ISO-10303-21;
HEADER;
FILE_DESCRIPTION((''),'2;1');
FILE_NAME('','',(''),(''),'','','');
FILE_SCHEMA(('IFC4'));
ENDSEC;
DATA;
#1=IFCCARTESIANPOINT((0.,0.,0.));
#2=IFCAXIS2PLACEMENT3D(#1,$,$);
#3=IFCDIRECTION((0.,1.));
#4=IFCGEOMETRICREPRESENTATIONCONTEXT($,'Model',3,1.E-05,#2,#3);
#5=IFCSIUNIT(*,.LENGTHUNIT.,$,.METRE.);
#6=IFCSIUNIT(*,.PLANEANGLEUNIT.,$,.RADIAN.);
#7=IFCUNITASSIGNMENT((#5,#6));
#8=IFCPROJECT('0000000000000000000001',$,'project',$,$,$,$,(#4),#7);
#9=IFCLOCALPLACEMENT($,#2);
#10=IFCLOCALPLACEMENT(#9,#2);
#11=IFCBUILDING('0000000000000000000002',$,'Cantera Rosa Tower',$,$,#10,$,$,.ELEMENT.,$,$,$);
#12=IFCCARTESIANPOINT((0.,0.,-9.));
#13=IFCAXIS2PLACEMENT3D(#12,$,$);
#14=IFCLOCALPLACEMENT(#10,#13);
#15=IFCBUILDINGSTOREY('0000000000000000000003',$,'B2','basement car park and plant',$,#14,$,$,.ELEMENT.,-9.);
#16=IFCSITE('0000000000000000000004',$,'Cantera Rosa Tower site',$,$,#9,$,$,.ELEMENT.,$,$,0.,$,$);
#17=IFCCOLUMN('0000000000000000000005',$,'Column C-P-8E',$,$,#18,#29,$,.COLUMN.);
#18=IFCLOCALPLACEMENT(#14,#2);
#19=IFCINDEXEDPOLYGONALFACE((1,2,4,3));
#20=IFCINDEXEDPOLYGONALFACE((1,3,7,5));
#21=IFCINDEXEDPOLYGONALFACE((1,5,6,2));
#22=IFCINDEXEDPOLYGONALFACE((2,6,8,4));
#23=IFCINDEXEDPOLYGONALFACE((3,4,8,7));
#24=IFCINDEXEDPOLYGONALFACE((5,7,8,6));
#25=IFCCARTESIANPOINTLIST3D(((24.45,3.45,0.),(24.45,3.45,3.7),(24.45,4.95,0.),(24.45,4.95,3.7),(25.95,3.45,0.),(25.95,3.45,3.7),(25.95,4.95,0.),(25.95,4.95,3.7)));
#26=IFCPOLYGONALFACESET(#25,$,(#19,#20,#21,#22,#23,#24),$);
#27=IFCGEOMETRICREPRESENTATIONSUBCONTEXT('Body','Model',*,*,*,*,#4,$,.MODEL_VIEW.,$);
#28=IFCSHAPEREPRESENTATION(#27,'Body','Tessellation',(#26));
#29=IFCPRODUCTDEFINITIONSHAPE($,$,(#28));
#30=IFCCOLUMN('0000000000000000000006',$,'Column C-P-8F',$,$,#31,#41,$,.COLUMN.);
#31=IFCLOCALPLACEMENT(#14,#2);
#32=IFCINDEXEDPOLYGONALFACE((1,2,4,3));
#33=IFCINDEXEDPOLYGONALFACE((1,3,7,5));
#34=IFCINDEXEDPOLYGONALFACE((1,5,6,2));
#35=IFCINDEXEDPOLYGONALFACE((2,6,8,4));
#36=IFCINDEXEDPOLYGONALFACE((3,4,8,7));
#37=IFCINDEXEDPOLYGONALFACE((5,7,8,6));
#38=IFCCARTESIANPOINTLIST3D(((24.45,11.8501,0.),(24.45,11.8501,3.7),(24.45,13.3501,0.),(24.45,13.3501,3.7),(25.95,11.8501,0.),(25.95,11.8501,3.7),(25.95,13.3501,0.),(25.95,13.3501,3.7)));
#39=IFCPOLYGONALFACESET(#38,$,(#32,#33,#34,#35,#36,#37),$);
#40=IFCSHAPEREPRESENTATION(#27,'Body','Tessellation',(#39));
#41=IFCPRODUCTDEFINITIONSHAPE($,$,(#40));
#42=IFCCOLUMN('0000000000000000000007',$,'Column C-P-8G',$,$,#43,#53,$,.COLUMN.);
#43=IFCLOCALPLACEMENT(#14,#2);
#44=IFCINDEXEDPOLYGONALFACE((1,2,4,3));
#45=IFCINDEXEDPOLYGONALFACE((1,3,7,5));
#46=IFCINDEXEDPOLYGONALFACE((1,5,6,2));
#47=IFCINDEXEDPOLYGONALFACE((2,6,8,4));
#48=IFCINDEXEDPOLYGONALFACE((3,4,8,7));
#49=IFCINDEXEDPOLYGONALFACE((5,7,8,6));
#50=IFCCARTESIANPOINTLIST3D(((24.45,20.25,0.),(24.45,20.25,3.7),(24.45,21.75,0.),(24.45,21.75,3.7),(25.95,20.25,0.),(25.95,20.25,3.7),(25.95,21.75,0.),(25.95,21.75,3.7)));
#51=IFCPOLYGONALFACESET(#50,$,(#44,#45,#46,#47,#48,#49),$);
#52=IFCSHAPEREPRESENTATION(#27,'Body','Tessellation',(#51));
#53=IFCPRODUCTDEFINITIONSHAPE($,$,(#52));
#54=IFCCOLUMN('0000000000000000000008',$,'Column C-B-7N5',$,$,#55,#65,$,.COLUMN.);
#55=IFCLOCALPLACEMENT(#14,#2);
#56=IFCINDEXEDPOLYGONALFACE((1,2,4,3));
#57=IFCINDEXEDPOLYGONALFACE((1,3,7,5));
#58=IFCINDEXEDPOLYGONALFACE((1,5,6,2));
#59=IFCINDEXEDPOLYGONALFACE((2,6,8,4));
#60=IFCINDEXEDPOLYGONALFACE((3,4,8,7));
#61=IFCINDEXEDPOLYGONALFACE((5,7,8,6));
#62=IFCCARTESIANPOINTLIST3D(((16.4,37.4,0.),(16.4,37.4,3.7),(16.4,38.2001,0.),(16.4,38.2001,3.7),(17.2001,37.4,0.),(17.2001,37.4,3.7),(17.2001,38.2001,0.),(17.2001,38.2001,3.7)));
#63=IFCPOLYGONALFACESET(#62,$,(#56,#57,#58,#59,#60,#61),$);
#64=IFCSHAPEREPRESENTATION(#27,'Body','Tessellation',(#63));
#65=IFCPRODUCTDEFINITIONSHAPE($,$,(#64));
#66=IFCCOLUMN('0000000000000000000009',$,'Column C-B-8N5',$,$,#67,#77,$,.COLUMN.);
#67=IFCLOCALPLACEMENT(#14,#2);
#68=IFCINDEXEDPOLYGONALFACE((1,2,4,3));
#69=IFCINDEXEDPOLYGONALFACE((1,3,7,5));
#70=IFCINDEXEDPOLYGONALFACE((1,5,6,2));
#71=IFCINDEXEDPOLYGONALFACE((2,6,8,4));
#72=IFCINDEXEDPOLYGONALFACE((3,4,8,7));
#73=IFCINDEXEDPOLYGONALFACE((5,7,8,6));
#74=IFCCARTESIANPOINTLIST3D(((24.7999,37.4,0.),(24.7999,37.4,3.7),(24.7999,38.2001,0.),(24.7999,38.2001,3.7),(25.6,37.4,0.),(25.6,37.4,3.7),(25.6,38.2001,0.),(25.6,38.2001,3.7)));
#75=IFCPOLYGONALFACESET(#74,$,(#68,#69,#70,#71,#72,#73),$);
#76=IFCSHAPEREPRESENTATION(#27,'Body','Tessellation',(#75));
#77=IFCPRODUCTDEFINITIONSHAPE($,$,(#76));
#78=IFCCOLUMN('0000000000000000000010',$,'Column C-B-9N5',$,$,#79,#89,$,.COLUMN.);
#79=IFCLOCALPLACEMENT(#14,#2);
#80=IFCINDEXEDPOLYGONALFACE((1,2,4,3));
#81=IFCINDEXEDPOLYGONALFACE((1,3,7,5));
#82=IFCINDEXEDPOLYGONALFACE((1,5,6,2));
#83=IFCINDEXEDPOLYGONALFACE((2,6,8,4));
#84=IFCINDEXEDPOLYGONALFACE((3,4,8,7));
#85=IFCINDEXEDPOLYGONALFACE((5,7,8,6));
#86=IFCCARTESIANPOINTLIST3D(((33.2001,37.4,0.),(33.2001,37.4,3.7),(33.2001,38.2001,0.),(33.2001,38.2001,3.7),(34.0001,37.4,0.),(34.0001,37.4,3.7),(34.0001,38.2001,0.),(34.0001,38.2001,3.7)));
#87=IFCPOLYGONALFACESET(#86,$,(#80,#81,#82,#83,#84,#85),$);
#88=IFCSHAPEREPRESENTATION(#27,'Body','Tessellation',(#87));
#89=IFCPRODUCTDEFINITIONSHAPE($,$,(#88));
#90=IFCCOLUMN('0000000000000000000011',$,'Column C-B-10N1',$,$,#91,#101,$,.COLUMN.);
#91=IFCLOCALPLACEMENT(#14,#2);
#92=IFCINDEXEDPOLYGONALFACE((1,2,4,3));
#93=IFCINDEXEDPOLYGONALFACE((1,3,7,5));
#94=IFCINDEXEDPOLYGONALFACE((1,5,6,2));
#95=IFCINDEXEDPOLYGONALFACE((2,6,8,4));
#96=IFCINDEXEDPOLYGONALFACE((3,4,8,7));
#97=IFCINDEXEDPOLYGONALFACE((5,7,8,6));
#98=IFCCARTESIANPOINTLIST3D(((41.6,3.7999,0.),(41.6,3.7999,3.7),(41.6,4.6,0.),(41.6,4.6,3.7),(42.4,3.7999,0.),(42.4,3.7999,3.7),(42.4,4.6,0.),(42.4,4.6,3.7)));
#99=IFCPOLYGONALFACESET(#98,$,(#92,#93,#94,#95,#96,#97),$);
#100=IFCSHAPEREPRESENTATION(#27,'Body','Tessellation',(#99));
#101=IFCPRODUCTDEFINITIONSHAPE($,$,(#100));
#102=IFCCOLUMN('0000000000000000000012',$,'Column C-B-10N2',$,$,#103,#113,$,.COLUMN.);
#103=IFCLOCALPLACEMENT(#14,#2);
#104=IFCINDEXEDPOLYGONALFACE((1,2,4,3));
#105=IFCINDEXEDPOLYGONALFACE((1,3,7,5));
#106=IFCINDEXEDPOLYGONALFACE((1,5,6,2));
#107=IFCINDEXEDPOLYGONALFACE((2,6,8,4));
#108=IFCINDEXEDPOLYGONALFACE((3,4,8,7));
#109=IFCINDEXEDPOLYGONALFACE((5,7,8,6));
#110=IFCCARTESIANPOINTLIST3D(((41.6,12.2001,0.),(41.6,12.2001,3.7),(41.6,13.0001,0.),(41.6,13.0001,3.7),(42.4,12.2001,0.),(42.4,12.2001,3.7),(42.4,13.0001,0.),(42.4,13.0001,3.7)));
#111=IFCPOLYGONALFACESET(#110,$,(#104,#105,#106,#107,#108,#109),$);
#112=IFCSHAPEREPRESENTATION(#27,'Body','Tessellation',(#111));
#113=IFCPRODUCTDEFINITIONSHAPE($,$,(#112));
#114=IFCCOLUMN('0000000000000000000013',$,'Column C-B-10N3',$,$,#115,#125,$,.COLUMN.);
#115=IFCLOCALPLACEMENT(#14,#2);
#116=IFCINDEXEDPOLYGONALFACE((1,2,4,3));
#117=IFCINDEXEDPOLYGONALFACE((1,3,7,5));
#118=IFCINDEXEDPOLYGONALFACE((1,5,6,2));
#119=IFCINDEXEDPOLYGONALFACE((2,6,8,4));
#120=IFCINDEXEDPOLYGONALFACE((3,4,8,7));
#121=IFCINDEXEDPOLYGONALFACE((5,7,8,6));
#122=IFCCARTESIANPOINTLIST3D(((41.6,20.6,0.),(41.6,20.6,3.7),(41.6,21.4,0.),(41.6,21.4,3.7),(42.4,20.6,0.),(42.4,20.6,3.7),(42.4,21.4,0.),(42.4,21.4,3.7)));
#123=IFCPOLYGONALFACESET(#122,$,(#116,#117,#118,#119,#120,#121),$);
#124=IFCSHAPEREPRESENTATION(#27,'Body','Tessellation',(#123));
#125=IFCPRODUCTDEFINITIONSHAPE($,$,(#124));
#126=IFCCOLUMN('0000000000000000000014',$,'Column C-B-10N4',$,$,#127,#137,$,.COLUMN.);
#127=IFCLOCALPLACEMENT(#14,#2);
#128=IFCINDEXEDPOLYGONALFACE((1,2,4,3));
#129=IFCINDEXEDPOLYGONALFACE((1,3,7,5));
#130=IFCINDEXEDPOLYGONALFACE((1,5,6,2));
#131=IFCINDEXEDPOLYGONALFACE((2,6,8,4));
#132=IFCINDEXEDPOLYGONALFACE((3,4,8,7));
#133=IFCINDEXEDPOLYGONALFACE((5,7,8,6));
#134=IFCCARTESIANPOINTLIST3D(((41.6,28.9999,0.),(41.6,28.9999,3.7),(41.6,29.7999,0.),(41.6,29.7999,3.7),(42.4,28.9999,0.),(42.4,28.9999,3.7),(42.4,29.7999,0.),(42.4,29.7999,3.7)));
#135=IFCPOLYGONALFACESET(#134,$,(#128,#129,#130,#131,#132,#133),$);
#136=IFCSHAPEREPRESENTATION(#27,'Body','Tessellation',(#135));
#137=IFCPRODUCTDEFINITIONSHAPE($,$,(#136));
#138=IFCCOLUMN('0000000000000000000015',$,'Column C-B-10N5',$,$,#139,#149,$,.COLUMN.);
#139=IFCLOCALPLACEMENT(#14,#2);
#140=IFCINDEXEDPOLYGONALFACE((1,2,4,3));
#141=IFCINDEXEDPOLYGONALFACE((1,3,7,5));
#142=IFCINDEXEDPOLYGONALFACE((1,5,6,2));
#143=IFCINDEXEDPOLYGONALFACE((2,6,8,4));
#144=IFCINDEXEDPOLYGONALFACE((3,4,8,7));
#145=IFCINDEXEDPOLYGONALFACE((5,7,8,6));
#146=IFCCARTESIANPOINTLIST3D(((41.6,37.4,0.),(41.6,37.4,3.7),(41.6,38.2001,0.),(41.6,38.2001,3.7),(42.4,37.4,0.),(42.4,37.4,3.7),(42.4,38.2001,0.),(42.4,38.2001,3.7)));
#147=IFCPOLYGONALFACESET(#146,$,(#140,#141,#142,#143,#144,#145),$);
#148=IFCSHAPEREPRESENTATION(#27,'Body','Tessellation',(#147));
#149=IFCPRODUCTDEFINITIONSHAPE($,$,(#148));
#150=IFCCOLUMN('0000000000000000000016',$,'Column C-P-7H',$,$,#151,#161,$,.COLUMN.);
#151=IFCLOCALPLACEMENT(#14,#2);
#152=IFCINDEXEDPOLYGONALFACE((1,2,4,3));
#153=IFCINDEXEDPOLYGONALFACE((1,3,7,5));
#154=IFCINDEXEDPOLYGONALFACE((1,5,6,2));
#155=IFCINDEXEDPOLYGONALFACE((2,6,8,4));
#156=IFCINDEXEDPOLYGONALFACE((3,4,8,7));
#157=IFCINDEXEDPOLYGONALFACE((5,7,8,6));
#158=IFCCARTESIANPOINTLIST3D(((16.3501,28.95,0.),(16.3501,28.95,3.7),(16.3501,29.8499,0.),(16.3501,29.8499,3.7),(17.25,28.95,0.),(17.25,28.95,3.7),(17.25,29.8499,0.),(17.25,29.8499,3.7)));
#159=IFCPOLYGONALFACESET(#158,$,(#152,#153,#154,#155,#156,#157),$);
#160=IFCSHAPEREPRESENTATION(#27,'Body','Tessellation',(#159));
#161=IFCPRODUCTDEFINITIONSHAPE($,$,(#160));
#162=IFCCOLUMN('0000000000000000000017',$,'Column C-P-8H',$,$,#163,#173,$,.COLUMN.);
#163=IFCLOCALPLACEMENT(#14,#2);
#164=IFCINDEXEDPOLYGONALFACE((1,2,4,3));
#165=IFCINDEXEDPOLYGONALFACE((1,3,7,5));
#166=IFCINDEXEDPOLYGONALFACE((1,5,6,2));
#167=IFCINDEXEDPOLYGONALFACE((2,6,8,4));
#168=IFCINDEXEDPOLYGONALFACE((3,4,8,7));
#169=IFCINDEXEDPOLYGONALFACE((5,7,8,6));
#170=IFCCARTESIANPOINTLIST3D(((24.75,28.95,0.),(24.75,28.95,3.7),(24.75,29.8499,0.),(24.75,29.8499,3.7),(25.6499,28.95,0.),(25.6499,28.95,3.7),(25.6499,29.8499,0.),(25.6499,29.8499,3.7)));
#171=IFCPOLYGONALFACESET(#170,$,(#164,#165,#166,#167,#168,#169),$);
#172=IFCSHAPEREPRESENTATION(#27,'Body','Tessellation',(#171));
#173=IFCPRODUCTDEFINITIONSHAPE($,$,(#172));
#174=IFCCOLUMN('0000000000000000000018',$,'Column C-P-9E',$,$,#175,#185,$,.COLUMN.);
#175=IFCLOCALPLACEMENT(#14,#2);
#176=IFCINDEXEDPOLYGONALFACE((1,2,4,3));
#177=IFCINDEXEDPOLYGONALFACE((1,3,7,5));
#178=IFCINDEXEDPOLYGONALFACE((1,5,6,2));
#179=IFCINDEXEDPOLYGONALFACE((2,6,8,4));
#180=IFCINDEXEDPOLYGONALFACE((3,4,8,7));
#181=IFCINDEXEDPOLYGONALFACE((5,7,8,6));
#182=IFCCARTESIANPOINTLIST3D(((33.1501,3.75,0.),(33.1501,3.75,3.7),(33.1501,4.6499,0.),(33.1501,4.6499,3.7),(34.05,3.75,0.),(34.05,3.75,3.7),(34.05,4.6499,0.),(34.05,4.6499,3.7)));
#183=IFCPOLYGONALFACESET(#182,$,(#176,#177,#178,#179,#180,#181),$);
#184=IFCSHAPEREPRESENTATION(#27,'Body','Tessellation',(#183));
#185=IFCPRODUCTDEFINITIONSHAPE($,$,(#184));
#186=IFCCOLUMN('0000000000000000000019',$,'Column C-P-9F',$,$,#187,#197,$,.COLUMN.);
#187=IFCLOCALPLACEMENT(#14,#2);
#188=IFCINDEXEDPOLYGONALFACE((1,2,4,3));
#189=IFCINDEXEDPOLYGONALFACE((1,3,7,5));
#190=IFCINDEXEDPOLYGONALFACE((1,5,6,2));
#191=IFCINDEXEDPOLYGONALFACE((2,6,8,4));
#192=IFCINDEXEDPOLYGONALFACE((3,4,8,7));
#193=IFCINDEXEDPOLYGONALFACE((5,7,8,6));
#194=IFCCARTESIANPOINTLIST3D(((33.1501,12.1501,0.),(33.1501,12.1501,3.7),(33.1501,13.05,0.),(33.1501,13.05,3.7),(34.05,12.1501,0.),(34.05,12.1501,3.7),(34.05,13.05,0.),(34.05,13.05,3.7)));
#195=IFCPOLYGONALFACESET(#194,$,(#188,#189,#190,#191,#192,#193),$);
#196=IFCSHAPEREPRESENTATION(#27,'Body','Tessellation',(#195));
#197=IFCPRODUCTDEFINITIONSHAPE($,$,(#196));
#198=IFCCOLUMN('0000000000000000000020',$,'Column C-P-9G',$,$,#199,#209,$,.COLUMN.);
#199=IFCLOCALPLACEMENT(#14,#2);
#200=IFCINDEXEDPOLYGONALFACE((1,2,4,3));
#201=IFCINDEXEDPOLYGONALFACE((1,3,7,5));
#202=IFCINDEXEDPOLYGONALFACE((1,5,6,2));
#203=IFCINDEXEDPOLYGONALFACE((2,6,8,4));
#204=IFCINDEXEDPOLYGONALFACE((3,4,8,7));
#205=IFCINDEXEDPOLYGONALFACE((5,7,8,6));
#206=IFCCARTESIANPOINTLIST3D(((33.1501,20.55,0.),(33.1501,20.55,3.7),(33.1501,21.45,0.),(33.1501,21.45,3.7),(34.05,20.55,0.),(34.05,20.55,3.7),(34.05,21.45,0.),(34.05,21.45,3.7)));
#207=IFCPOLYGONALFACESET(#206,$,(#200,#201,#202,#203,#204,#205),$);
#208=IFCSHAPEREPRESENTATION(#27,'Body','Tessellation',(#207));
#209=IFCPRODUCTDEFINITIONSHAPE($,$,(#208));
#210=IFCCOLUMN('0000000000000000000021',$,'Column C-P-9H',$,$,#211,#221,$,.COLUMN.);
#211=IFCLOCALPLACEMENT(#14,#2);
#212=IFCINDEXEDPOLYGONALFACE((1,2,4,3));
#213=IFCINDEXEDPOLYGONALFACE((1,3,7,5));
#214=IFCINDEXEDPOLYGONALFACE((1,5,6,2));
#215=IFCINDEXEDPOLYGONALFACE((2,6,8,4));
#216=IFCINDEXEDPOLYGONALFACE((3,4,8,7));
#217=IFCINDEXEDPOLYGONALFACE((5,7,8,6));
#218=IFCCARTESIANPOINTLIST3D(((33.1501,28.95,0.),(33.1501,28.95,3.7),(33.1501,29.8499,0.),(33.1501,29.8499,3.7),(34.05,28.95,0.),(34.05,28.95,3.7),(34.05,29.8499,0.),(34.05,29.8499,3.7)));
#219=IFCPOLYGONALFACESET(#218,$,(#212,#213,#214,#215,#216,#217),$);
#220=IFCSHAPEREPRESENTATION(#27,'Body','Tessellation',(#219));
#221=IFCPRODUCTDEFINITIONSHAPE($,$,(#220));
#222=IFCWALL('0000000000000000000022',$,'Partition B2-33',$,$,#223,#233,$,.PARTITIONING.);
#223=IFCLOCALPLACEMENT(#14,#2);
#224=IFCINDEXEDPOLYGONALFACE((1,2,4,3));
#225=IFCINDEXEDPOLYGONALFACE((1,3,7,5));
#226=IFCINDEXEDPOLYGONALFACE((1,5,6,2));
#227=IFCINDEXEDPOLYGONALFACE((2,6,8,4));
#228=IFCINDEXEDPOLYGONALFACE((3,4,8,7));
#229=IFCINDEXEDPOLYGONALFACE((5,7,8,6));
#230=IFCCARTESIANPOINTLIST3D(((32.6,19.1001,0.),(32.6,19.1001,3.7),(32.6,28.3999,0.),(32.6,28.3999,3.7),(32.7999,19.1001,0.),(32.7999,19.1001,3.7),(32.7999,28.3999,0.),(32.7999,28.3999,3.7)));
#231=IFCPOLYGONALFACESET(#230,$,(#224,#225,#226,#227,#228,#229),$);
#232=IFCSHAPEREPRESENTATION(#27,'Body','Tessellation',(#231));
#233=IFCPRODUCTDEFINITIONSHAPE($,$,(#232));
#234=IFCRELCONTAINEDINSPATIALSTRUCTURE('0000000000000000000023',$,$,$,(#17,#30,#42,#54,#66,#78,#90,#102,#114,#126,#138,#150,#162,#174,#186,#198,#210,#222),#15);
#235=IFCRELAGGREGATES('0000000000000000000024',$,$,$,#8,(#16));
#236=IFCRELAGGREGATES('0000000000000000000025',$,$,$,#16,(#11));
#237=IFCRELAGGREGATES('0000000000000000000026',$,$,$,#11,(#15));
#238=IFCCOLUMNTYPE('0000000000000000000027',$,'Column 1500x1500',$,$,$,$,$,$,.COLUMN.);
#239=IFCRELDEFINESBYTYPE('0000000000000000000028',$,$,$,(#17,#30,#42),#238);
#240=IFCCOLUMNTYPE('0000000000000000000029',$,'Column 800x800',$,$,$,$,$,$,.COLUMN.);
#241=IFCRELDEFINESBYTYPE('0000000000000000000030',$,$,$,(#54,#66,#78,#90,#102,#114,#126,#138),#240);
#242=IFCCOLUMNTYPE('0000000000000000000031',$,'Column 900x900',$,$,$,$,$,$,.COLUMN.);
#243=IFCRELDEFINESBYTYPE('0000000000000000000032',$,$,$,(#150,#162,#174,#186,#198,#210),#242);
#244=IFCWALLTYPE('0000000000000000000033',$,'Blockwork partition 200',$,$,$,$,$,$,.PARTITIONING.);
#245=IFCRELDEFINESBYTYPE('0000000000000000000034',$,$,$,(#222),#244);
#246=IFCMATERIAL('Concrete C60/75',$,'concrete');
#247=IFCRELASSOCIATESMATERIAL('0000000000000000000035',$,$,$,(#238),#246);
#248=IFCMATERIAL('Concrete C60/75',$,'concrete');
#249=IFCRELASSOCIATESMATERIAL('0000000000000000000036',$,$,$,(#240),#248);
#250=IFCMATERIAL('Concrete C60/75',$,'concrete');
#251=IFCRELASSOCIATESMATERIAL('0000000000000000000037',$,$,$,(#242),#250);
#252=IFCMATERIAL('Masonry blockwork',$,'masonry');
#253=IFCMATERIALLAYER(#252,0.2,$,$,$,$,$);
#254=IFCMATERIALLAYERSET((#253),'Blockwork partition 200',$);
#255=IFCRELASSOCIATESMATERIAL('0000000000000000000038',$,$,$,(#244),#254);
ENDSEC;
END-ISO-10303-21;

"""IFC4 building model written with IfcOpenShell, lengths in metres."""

from ifc_helpers import new_model, si_unit, direction, frame, frame_2d, origin, origin_2d, place, context, subcontext, project, spatial, rectangle, extrude, material, layer, layer_set, material_profile, profile_set, type_object, element, save


model = new_model("IFC4")

# Units and contexts
model_context = context("Model", 3, precision=1e-05, world=origin(), true_north=direction((0.0, 1.0)))
body_context = subcontext(model_context, "Body", "Model", "MODEL_VIEW")
ifc_project = project(units=[si_unit("LENGTHUNIT", "METRE"), si_unit("PLANEANGLEUNIT", "RADIAN")], contexts=[model_context])

# Site, building, storey
site_placement = place(None, origin())
site = spatial("IfcSite", under=ifc_project, at=site_placement, Name="Cantera Rosa Tower site", CompositionType="ELEMENT", RefElevation=0.0)
building_placement = place(site_placement, origin())
building = spatial("IfcBuilding", under=site, at=building_placement, Name="Cantera Rosa Tower", CompositionType="ELEMENT")
storey_placement = place(building_placement, frame((0.0, 0.0, -9.0)))
storey = spatial("IfcBuildingStorey", under=building, at=storey_placement, Name="B2", Description="basement car park and plant", CompositionType="ELEMENT", Elevation=-9.0)

# Columns
ifc_material_1 = material(Name="Concrete C60/75", Category="concrete")
ifc_material_profile_1 = material_profile(ifc_material_1, rectangle(XDim=1.5, YDim=1.5, at=origin_2d()), Name="Column 1500x1500")
ifc_profile_set_1 = profile_set([ifc_material_profile_1], Name="Concrete C60/75")
column_type_1 = type_object("IfcColumnType", Name="Column 1500x1500", PredefinedType="COLUMN", material=ifc_profile_set_1)
for number, where, z_axis, x_axis, name in (
    (1, (25.2, 4.2, 0.0), (0.0, 0.0, 1.0), (1.0, 0.0, 0.0), "Column C-P-8E"),
    (2, (25.2, 12.6001, 0.0), (0.0, 0.0, 1.0), (1.0, 0.0, 0.0), "Column C-P-8F"),
    (3, (25.2, 21.0, 0.0), (0.0, 0.0, 1.0), (1.0, 0.0, 0.0), "Column C-P-8G"),
):
    element("IfcColumn", number, at=place(storey_placement, frame(where, z_axis=z_axis, x_axis=x_axis)), inside=storey, type_object=column_type_1, Name=name, PredefinedType="COLUMN", context=body_context, shape_type="SweptSolid", body=[
        extrude(rectangle(XDim=1.5, YDim=1.5, at=origin_2d()), origin(), (0.0, 0.0, 1.0), 3.7),
    ])
ifc_material_2 = material(Name="Concrete C60/75", Category="concrete")
ifc_material_profile_2 = material_profile(ifc_material_2, rectangle(XDim=0.8, YDim=0.8, at=origin_2d()), Name="Column 800x800")
ifc_profile_set_2 = profile_set([ifc_material_profile_2], Name="Concrete C60/75")
column_type_2 = type_object("IfcColumnType", Name="Column 800x800", PredefinedType="COLUMN", material=ifc_profile_set_2)
for number, where, z_axis, x_axis, name in (
    (4, (16.8, 37.8, 0.0), (0.0, 0.0, 1.0), (1.0, 0.0, 0.0), "Column C-B-7N5"),
    (5, (25.2, 37.8, 0.0), (0.0, 0.0, 1.0), (1.0, 0.0, 0.0), "Column C-B-8N5"),
    (6, (33.6001, 37.8, 0.0), (0.0, 0.0, 1.0), (1.0, 0.0, 0.0), "Column C-B-9N5"),
    (7, (42.0, 4.2, 0.0), (0.0, 0.0, 1.0), (1.0, 0.0, 0.0), "Column C-B-10N1"),
    (8, (42.0, 12.6001, 0.0), (0.0, 0.0, 1.0), (1.0, 0.0, 0.0), "Column C-B-10N2"),
    (9, (42.0, 21.0, 0.0), (0.0, 0.0, 1.0), (1.0, 0.0, 0.0), "Column C-B-10N3"),
    (10, (42.0, 29.3999, 0.0), (0.0, 0.0, 1.0), (1.0, 0.0, 0.0), "Column C-B-10N4"),
    (11, (42.0, 37.8, 0.0), (0.0, 0.0, 1.0), (1.0, 0.0, 0.0), "Column C-B-10N5"),
):
    element("IfcColumn", number, at=place(storey_placement, frame(where, z_axis=z_axis, x_axis=x_axis)), inside=storey, type_object=column_type_2, Name=name, PredefinedType="COLUMN", context=body_context, shape_type="SweptSolid", body=[
        extrude(rectangle(XDim=0.8, YDim=0.8, at=origin_2d()), origin(), (0.0, 0.0, 1.0), 3.7),
    ])
ifc_material_3 = material(Name="Concrete C60/75", Category="concrete")
ifc_material_profile_3 = material_profile(ifc_material_3, rectangle(XDim=0.8999, YDim=0.8999, at=origin_2d()), Name="Column 900x900")
ifc_profile_set_3 = profile_set([ifc_material_profile_3], Name="Concrete C60/75")
column_type_3 = type_object("IfcColumnType", Name="Column 900x900", PredefinedType="COLUMN", material=ifc_profile_set_3)
for number, where, z_axis, x_axis, name in (
    (12, (16.8, 29.3999, 0.0), (0.0, 0.0, 1.0), (1.0, 0.0, 0.0), "Column C-P-7H"),
    (13, (25.2, 29.3999, 0.0), (0.0, 0.0, 1.0), (1.0, 0.0, 0.0), "Column C-P-8H"),
    (14, (33.6001, 4.2, 0.0), (0.0, 0.0, 1.0), (1.0, 0.0, 0.0), "Column C-P-9E"),
    (15, (33.6001, 12.6001, 0.0), (0.0, 0.0, 1.0), (1.0, 0.0, 0.0), "Column C-P-9F"),
    (16, (33.6001, 21.0, 0.0), (0.0, 0.0, 1.0), (1.0, 0.0, 0.0), "Column C-P-9G"),
    (17, (33.6001, 29.3999, 0.0), (0.0, 0.0, 1.0), (1.0, 0.0, 0.0), "Column C-P-9H"),
):
    element("IfcColumn", number, at=place(storey_placement, frame(where, z_axis=z_axis, x_axis=x_axis)), inside=storey, type_object=column_type_3, Name=name, PredefinedType="COLUMN", context=body_context, shape_type="SweptSolid", body=[
        extrude(rectangle(XDim=0.8999, YDim=0.8999, at=origin_2d()), origin(), (0.0, 0.0, 1.0), 3.7),
    ])

# Wall
ifc_material_4 = material(Name="Masonry blockwork", Category="masonry")
ifc_layer_1 = layer(ifc_material_4, 0.2)
ifc_layer_set_1 = layer_set([ifc_layer_1], Name="Blockwork partition 200")
wall_type_1 = type_object("IfcWallType", Name="Blockwork partition 200", PredefinedType="PARTITIONING", material=ifc_layer_set_1)
wall_1_placement = place(storey_placement, frame((32.7, 19.1001, 0.0), z_axis=(0.0, 0.0, 1.0), x_axis=(0.0, 1.0, 0.0)))
element("IfcWall", 18, at=wall_1_placement, inside=storey, type_object=wall_type_1, Name="Partition B2-33", PredefinedType="PARTITIONING", context=body_context, shape_type="SweptSolid", body=[
    extrude(rectangle(XDim=9.2998, YDim=0.2, at=frame_2d((4.6499, 0.0))), origin(), (0.0, 0.0, 1.0), 3.7),
])

save(model, "model.ifc")
